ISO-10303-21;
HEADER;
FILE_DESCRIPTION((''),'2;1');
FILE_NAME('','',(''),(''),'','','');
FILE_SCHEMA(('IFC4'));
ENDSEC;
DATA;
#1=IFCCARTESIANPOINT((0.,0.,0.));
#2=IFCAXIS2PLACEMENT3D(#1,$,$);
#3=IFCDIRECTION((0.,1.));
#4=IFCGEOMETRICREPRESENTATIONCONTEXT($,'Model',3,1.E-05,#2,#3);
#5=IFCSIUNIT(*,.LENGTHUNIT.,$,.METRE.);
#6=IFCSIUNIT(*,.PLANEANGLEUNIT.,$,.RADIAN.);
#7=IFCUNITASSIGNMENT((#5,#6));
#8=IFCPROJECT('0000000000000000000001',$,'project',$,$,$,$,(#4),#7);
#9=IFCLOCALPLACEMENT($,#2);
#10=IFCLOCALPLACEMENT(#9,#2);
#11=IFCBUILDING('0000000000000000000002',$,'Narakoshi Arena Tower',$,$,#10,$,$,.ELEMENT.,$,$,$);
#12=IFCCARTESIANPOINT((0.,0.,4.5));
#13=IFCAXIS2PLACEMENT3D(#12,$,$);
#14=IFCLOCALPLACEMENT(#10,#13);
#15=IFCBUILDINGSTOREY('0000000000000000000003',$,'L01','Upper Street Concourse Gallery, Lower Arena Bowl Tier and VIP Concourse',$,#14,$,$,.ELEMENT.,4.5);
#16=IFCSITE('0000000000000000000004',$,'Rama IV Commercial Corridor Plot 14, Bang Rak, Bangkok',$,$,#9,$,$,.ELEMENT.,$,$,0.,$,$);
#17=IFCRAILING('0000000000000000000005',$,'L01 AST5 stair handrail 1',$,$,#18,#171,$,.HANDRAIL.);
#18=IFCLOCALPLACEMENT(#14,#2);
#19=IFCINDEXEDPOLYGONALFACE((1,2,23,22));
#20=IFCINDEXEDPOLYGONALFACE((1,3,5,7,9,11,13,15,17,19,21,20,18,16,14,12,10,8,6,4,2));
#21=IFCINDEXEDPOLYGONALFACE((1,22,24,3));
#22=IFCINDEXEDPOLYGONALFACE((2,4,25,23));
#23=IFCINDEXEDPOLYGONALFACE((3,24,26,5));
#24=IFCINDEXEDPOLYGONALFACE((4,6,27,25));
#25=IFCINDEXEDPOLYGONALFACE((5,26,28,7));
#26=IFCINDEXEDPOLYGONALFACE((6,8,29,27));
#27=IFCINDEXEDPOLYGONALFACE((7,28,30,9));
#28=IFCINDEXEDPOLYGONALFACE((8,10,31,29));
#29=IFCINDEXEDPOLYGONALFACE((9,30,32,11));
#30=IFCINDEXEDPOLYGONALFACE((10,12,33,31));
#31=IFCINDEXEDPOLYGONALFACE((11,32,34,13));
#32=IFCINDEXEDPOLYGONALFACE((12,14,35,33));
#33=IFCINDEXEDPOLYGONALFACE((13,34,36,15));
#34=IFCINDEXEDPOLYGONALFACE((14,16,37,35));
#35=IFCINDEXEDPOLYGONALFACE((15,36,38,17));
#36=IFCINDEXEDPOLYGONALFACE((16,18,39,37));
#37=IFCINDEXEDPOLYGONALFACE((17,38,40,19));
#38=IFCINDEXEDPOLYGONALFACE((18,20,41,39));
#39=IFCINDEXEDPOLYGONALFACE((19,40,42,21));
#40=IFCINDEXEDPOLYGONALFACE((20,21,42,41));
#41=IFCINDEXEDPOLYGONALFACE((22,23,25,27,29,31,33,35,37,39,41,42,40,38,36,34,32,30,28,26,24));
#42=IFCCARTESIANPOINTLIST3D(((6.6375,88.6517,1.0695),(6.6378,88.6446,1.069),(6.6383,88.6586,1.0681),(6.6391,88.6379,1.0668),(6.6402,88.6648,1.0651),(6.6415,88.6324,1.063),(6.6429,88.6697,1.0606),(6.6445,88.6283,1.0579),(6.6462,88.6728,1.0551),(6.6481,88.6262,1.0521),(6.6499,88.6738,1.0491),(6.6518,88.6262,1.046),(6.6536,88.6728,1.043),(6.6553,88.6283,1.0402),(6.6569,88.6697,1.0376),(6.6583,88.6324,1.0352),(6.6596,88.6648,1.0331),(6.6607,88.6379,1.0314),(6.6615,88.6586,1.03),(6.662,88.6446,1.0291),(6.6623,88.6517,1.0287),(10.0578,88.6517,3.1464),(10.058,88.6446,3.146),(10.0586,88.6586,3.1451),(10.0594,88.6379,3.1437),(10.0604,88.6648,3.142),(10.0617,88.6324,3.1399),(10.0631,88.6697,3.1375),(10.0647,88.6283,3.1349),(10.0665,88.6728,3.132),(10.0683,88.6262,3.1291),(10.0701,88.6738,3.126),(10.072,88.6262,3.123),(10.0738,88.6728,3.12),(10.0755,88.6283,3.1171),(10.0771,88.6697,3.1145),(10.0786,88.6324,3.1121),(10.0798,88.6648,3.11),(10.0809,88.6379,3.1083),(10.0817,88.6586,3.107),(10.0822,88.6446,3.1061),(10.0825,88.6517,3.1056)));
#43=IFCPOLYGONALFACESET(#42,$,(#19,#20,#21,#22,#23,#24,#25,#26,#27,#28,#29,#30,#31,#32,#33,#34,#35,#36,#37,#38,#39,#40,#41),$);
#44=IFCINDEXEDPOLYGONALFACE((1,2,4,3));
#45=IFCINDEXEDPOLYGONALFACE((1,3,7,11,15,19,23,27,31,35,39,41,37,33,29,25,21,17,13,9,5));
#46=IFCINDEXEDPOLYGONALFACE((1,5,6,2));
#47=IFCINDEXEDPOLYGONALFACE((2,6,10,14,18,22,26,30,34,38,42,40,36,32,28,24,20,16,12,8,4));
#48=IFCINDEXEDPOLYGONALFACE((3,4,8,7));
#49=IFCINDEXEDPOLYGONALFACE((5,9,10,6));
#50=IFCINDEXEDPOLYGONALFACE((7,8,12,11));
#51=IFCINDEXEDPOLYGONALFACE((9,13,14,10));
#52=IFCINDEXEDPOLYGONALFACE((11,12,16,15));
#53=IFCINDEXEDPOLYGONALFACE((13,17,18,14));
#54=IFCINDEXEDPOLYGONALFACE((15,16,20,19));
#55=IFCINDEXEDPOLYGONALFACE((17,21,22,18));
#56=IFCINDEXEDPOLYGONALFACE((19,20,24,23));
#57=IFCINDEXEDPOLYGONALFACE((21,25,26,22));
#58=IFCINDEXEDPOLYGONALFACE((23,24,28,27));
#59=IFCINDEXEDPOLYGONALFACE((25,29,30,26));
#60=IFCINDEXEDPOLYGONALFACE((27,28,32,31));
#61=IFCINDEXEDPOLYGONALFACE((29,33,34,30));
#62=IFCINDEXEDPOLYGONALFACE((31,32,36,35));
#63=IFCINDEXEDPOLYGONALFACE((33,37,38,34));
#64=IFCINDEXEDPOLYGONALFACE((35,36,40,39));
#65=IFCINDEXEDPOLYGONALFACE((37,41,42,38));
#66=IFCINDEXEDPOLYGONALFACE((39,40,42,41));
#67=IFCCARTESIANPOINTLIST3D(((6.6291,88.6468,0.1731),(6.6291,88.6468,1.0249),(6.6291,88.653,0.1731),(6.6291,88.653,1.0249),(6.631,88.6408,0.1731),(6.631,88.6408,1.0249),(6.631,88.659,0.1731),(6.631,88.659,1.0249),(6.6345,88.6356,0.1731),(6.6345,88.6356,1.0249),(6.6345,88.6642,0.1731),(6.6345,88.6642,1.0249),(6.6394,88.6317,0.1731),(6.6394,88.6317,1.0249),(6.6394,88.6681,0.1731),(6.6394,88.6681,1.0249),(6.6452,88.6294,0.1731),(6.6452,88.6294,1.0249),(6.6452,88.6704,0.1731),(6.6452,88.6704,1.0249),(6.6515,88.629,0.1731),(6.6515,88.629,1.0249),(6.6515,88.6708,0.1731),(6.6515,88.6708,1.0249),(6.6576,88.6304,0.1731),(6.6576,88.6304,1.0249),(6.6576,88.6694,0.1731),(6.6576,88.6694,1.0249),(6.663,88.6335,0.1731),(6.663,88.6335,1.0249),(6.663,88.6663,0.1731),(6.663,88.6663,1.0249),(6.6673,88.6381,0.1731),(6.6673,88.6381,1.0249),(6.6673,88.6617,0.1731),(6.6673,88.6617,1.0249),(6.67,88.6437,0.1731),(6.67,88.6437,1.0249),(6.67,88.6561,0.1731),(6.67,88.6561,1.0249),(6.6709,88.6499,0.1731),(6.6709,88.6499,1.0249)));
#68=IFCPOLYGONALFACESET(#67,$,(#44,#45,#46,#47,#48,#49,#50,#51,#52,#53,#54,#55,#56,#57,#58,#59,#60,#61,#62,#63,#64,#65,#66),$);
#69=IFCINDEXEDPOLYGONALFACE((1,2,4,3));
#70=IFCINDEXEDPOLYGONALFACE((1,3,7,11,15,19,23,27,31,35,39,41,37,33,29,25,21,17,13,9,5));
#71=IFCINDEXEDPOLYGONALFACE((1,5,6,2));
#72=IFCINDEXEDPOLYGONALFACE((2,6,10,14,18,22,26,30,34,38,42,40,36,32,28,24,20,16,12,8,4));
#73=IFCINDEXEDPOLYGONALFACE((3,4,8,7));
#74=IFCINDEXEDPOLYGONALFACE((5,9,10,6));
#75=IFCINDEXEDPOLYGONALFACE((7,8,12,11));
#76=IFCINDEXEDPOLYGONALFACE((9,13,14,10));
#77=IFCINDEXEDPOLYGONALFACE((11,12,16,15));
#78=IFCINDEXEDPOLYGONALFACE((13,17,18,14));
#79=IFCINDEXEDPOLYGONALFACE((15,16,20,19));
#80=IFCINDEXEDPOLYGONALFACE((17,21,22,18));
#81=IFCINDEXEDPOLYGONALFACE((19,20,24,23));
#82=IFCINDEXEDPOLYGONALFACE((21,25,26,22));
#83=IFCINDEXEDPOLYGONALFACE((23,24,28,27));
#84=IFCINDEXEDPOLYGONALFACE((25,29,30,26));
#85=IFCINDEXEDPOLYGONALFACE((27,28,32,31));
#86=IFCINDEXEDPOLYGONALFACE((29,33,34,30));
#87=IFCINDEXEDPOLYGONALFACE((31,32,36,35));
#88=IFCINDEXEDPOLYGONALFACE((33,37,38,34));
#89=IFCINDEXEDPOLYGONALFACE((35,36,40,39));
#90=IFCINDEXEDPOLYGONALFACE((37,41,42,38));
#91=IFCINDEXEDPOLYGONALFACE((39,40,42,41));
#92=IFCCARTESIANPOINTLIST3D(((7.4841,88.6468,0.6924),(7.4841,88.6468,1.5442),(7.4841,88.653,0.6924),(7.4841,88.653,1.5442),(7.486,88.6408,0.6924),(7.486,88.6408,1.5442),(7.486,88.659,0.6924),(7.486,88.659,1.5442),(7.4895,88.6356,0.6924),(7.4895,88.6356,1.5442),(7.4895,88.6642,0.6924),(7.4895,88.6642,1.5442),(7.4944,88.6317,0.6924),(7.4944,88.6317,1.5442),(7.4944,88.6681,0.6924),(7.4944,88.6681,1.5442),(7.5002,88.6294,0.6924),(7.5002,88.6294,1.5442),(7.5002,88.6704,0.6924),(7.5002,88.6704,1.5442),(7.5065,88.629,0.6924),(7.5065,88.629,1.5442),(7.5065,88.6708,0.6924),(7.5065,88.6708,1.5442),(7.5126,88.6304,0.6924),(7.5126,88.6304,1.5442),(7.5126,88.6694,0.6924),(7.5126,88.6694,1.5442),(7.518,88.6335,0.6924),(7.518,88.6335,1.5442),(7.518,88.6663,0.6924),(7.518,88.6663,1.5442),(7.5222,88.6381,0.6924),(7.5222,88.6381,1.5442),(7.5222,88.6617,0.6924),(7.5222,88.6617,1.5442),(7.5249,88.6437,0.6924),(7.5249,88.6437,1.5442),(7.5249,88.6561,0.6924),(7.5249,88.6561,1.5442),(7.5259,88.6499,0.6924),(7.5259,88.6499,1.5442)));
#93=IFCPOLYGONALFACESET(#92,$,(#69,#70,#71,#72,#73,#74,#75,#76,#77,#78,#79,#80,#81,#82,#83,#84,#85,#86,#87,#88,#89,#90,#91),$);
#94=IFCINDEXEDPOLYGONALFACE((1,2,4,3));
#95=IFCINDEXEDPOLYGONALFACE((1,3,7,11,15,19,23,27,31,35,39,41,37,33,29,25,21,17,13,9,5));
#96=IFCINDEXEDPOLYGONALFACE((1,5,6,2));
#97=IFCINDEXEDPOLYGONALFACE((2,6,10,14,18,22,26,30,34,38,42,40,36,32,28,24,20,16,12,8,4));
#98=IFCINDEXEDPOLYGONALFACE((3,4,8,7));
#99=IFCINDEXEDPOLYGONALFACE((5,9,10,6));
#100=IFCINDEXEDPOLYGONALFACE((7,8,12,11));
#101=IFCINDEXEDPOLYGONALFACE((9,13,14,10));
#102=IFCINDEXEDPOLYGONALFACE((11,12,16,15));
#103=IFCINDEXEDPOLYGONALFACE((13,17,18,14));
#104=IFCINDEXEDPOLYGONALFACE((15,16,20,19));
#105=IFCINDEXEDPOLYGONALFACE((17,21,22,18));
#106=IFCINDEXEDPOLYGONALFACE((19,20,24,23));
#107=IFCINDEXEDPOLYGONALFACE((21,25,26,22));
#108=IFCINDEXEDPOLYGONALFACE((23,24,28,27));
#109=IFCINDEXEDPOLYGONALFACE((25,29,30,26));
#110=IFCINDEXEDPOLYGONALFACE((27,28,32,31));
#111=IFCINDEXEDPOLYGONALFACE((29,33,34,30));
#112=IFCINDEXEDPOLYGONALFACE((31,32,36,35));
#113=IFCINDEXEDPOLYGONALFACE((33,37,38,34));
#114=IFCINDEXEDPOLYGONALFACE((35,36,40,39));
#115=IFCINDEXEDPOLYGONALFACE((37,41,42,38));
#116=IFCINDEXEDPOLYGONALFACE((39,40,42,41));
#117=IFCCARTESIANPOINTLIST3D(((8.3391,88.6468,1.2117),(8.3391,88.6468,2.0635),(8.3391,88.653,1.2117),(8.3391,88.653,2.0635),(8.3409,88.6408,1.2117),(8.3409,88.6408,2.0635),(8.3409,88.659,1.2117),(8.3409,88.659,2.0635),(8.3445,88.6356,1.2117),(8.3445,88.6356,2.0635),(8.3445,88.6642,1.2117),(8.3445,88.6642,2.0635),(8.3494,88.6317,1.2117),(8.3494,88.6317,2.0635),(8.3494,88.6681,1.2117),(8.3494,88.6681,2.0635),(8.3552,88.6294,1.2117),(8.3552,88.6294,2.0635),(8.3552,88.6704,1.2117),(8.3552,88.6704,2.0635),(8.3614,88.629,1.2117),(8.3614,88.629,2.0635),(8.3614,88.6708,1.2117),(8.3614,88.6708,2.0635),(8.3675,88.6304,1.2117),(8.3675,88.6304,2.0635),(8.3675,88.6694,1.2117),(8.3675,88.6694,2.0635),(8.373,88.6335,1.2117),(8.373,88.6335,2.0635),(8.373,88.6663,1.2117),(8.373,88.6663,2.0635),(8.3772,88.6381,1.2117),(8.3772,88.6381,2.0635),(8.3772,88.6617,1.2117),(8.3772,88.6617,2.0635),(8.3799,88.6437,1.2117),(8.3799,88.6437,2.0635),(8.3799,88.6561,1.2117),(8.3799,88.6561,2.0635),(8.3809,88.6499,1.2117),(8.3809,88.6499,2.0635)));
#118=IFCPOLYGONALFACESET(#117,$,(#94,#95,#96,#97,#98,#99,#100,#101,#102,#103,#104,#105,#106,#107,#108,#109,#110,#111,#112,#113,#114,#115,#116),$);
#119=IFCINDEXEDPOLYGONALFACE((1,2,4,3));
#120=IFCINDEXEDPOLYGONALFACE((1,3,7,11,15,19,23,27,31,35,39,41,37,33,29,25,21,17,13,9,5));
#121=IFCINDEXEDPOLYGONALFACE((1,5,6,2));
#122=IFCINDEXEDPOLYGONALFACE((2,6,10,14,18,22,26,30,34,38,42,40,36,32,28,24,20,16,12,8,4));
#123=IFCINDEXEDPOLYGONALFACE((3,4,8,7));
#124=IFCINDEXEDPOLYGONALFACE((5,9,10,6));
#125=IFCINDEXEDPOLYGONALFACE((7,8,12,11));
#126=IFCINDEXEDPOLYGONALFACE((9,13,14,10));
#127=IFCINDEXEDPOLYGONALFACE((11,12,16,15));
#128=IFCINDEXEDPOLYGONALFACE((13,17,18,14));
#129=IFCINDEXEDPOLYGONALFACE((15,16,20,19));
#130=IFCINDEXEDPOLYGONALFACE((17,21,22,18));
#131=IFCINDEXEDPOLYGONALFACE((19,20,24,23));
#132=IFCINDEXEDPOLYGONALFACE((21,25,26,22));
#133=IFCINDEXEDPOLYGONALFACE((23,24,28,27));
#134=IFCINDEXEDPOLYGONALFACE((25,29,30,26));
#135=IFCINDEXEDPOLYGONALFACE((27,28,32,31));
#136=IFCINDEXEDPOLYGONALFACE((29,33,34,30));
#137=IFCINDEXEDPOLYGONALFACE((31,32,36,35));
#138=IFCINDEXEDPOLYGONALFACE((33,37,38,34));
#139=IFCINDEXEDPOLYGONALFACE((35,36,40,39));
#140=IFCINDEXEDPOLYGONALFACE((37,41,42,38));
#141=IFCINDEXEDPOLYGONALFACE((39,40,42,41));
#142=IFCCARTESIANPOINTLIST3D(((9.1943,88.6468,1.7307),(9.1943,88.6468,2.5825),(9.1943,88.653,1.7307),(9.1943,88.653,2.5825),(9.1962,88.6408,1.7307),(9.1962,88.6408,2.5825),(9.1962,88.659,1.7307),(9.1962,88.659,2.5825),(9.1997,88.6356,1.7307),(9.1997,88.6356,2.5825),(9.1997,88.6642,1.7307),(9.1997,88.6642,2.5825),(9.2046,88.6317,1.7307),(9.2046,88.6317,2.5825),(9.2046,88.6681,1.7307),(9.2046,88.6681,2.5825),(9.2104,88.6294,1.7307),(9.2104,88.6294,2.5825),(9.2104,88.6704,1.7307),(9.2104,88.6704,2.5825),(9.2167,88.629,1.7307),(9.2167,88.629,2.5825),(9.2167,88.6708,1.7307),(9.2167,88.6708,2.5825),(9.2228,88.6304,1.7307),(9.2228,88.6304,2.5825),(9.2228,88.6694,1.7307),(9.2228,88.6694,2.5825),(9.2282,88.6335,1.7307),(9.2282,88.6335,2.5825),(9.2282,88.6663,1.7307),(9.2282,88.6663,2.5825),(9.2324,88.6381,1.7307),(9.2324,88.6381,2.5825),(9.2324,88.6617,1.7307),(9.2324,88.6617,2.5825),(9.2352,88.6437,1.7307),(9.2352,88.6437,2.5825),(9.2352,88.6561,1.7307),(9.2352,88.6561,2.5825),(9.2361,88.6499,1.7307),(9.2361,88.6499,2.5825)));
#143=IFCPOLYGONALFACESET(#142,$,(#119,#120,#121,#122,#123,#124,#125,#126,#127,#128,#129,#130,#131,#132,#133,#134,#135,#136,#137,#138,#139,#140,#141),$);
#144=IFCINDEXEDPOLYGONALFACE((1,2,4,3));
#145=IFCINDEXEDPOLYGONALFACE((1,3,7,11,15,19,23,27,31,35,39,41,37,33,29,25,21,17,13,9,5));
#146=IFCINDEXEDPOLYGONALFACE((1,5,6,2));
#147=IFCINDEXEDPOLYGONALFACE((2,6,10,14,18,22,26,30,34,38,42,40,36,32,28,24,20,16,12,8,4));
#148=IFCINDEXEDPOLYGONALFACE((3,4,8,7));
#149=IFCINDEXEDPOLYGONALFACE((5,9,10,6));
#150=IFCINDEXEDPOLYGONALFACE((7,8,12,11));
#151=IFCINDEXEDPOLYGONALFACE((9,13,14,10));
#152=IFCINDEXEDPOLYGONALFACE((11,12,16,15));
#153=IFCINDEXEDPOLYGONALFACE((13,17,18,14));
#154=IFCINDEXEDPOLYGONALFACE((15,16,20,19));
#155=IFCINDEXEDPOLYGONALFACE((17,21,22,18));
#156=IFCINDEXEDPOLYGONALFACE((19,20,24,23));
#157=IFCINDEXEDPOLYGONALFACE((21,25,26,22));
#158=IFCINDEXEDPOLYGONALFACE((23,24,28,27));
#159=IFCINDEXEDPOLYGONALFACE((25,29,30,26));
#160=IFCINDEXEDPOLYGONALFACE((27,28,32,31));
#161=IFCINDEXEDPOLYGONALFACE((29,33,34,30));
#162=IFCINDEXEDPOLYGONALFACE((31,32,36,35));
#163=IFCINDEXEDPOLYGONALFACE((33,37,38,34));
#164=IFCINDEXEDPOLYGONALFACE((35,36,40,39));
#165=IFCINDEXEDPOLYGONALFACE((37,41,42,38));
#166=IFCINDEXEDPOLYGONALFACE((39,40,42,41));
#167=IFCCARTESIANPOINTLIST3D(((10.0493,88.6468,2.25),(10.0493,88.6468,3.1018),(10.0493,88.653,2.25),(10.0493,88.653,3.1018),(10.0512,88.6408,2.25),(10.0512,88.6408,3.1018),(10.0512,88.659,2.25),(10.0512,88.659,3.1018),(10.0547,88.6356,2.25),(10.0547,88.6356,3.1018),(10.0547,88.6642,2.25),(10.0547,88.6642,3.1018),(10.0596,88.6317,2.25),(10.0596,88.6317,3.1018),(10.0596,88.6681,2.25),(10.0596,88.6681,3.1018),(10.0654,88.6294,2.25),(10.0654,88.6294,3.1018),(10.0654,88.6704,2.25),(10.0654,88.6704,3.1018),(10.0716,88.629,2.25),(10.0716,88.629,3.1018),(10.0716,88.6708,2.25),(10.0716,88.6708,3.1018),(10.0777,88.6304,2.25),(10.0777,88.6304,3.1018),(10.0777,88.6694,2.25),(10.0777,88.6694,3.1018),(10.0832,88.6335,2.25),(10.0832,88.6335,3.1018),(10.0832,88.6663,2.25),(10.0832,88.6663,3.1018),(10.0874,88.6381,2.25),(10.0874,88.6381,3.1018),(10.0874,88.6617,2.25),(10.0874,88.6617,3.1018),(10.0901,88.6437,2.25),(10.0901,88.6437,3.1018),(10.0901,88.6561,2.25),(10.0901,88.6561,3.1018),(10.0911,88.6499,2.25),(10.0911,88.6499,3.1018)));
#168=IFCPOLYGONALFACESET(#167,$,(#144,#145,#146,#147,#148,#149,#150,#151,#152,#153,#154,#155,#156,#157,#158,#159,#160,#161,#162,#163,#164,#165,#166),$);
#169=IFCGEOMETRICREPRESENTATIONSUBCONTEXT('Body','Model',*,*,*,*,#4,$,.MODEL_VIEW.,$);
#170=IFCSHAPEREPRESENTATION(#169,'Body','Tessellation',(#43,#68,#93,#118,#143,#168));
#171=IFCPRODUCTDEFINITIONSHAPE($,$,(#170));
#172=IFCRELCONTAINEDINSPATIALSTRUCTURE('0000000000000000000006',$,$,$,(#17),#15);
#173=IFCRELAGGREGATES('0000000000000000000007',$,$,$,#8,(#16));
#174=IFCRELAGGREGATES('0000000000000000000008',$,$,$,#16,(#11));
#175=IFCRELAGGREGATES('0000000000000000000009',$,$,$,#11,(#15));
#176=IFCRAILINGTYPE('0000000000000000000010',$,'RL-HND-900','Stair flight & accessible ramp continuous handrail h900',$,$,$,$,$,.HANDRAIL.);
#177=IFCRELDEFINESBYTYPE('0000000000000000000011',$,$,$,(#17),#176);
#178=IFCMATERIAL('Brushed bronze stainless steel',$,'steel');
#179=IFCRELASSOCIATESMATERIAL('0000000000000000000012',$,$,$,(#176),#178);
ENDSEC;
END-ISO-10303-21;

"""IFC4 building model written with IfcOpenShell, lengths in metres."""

from ifc_helpers import new_model, si_unit, direction, frame, origin, origin_2d, place, context, subcontext, project, spatial, circle, extrude, material, type_object, element, save


model = new_model("IFC4")

# Units and contexts
model_context = context("Model", 3, precision=1e-05, world=origin(), true_north=direction((0.0, 1.0)))
body_context = subcontext(model_context, "Body", "Model", "MODEL_VIEW")
ifc_project = project(units=[si_unit("LENGTHUNIT", "METRE"), si_unit("PLANEANGLEUNIT", "RADIAN")], contexts=[model_context])

# Site, building, storey
site_placement = place(None, origin())
site = spatial("IfcSite", under=ifc_project, at=site_placement, Name="Rama IV Commercial Corridor Plot 14, Bang Rak, Bangkok", CompositionType="ELEMENT", RefElevation=0.0)
building_placement = place(site_placement, origin())
building = spatial("IfcBuilding", under=site, at=building_placement, Name="Narakoshi Arena Tower", CompositionType="ELEMENT")
storey_placement = place(building_placement, frame((0.0, 0.0, 4.5)))
storey = spatial("IfcBuildingStorey", under=building, at=storey_placement, Name="L01", Description="Upper Street Concourse Gallery, Lower Arena Bowl Tier and VIP Concourse", CompositionType="ELEMENT", Elevation=4.5)

# Railing
ifc_material_1 = material(Name="Brushed bronze stainless steel", Category="steel")
railing_type_1 = type_object("IfcRailingType", Name="RL-HND-900", Description="Stair flight & accessible ramp continuous handrail h900", PredefinedType="HANDRAIL", material=ifc_material_1)
railing_1_placement = place(storey_placement, frame((6.6499, 88.6499, 0.1731)))
element("IfcRailing", 1, at=railing_1_placement, inside=storey, type_object=railing_type_1, Name="L01 AST5 stair handrail 1", PredefinedType="HANDRAIL", context=body_context, shape_type="SweptSolid", body=[
    extrude(circle(Radius=0.0239, at=origin_2d()), frame((0.0, 0.0, 0.876), z_axis=(0.854746, 0.0, 0.519047), x_axis=(0.0, 1.0, 0.0)), (0.0, 0.0, 1.0), 4.0015),
    extrude(circle(Radius=0.021, at=origin_2d()), origin(), (0.0, 0.0, 1.0), 0.8518),
    extrude(circle(Radius=0.021, at=origin_2d()), frame((0.855, 0.0, 0.5193)), (0.0, 0.0, 1.0), 0.8518),
    extrude(circle(Radius=0.021, at=origin_2d()), frame((1.71, 0.0, 1.0386)), (0.0, 0.0, 1.0), 0.8518),
    extrude(circle(Radius=0.021, at=origin_2d()), frame((2.5652, 0.0, 1.5576)), (0.0, 0.0, 1.0), 0.8518),
    extrude(circle(Radius=0.021, at=origin_2d()), frame((3.4202, 0.0, 2.0769)), (0.0, 0.0, 1.0), 0.8518),
])

save(model, "model.ifc")
